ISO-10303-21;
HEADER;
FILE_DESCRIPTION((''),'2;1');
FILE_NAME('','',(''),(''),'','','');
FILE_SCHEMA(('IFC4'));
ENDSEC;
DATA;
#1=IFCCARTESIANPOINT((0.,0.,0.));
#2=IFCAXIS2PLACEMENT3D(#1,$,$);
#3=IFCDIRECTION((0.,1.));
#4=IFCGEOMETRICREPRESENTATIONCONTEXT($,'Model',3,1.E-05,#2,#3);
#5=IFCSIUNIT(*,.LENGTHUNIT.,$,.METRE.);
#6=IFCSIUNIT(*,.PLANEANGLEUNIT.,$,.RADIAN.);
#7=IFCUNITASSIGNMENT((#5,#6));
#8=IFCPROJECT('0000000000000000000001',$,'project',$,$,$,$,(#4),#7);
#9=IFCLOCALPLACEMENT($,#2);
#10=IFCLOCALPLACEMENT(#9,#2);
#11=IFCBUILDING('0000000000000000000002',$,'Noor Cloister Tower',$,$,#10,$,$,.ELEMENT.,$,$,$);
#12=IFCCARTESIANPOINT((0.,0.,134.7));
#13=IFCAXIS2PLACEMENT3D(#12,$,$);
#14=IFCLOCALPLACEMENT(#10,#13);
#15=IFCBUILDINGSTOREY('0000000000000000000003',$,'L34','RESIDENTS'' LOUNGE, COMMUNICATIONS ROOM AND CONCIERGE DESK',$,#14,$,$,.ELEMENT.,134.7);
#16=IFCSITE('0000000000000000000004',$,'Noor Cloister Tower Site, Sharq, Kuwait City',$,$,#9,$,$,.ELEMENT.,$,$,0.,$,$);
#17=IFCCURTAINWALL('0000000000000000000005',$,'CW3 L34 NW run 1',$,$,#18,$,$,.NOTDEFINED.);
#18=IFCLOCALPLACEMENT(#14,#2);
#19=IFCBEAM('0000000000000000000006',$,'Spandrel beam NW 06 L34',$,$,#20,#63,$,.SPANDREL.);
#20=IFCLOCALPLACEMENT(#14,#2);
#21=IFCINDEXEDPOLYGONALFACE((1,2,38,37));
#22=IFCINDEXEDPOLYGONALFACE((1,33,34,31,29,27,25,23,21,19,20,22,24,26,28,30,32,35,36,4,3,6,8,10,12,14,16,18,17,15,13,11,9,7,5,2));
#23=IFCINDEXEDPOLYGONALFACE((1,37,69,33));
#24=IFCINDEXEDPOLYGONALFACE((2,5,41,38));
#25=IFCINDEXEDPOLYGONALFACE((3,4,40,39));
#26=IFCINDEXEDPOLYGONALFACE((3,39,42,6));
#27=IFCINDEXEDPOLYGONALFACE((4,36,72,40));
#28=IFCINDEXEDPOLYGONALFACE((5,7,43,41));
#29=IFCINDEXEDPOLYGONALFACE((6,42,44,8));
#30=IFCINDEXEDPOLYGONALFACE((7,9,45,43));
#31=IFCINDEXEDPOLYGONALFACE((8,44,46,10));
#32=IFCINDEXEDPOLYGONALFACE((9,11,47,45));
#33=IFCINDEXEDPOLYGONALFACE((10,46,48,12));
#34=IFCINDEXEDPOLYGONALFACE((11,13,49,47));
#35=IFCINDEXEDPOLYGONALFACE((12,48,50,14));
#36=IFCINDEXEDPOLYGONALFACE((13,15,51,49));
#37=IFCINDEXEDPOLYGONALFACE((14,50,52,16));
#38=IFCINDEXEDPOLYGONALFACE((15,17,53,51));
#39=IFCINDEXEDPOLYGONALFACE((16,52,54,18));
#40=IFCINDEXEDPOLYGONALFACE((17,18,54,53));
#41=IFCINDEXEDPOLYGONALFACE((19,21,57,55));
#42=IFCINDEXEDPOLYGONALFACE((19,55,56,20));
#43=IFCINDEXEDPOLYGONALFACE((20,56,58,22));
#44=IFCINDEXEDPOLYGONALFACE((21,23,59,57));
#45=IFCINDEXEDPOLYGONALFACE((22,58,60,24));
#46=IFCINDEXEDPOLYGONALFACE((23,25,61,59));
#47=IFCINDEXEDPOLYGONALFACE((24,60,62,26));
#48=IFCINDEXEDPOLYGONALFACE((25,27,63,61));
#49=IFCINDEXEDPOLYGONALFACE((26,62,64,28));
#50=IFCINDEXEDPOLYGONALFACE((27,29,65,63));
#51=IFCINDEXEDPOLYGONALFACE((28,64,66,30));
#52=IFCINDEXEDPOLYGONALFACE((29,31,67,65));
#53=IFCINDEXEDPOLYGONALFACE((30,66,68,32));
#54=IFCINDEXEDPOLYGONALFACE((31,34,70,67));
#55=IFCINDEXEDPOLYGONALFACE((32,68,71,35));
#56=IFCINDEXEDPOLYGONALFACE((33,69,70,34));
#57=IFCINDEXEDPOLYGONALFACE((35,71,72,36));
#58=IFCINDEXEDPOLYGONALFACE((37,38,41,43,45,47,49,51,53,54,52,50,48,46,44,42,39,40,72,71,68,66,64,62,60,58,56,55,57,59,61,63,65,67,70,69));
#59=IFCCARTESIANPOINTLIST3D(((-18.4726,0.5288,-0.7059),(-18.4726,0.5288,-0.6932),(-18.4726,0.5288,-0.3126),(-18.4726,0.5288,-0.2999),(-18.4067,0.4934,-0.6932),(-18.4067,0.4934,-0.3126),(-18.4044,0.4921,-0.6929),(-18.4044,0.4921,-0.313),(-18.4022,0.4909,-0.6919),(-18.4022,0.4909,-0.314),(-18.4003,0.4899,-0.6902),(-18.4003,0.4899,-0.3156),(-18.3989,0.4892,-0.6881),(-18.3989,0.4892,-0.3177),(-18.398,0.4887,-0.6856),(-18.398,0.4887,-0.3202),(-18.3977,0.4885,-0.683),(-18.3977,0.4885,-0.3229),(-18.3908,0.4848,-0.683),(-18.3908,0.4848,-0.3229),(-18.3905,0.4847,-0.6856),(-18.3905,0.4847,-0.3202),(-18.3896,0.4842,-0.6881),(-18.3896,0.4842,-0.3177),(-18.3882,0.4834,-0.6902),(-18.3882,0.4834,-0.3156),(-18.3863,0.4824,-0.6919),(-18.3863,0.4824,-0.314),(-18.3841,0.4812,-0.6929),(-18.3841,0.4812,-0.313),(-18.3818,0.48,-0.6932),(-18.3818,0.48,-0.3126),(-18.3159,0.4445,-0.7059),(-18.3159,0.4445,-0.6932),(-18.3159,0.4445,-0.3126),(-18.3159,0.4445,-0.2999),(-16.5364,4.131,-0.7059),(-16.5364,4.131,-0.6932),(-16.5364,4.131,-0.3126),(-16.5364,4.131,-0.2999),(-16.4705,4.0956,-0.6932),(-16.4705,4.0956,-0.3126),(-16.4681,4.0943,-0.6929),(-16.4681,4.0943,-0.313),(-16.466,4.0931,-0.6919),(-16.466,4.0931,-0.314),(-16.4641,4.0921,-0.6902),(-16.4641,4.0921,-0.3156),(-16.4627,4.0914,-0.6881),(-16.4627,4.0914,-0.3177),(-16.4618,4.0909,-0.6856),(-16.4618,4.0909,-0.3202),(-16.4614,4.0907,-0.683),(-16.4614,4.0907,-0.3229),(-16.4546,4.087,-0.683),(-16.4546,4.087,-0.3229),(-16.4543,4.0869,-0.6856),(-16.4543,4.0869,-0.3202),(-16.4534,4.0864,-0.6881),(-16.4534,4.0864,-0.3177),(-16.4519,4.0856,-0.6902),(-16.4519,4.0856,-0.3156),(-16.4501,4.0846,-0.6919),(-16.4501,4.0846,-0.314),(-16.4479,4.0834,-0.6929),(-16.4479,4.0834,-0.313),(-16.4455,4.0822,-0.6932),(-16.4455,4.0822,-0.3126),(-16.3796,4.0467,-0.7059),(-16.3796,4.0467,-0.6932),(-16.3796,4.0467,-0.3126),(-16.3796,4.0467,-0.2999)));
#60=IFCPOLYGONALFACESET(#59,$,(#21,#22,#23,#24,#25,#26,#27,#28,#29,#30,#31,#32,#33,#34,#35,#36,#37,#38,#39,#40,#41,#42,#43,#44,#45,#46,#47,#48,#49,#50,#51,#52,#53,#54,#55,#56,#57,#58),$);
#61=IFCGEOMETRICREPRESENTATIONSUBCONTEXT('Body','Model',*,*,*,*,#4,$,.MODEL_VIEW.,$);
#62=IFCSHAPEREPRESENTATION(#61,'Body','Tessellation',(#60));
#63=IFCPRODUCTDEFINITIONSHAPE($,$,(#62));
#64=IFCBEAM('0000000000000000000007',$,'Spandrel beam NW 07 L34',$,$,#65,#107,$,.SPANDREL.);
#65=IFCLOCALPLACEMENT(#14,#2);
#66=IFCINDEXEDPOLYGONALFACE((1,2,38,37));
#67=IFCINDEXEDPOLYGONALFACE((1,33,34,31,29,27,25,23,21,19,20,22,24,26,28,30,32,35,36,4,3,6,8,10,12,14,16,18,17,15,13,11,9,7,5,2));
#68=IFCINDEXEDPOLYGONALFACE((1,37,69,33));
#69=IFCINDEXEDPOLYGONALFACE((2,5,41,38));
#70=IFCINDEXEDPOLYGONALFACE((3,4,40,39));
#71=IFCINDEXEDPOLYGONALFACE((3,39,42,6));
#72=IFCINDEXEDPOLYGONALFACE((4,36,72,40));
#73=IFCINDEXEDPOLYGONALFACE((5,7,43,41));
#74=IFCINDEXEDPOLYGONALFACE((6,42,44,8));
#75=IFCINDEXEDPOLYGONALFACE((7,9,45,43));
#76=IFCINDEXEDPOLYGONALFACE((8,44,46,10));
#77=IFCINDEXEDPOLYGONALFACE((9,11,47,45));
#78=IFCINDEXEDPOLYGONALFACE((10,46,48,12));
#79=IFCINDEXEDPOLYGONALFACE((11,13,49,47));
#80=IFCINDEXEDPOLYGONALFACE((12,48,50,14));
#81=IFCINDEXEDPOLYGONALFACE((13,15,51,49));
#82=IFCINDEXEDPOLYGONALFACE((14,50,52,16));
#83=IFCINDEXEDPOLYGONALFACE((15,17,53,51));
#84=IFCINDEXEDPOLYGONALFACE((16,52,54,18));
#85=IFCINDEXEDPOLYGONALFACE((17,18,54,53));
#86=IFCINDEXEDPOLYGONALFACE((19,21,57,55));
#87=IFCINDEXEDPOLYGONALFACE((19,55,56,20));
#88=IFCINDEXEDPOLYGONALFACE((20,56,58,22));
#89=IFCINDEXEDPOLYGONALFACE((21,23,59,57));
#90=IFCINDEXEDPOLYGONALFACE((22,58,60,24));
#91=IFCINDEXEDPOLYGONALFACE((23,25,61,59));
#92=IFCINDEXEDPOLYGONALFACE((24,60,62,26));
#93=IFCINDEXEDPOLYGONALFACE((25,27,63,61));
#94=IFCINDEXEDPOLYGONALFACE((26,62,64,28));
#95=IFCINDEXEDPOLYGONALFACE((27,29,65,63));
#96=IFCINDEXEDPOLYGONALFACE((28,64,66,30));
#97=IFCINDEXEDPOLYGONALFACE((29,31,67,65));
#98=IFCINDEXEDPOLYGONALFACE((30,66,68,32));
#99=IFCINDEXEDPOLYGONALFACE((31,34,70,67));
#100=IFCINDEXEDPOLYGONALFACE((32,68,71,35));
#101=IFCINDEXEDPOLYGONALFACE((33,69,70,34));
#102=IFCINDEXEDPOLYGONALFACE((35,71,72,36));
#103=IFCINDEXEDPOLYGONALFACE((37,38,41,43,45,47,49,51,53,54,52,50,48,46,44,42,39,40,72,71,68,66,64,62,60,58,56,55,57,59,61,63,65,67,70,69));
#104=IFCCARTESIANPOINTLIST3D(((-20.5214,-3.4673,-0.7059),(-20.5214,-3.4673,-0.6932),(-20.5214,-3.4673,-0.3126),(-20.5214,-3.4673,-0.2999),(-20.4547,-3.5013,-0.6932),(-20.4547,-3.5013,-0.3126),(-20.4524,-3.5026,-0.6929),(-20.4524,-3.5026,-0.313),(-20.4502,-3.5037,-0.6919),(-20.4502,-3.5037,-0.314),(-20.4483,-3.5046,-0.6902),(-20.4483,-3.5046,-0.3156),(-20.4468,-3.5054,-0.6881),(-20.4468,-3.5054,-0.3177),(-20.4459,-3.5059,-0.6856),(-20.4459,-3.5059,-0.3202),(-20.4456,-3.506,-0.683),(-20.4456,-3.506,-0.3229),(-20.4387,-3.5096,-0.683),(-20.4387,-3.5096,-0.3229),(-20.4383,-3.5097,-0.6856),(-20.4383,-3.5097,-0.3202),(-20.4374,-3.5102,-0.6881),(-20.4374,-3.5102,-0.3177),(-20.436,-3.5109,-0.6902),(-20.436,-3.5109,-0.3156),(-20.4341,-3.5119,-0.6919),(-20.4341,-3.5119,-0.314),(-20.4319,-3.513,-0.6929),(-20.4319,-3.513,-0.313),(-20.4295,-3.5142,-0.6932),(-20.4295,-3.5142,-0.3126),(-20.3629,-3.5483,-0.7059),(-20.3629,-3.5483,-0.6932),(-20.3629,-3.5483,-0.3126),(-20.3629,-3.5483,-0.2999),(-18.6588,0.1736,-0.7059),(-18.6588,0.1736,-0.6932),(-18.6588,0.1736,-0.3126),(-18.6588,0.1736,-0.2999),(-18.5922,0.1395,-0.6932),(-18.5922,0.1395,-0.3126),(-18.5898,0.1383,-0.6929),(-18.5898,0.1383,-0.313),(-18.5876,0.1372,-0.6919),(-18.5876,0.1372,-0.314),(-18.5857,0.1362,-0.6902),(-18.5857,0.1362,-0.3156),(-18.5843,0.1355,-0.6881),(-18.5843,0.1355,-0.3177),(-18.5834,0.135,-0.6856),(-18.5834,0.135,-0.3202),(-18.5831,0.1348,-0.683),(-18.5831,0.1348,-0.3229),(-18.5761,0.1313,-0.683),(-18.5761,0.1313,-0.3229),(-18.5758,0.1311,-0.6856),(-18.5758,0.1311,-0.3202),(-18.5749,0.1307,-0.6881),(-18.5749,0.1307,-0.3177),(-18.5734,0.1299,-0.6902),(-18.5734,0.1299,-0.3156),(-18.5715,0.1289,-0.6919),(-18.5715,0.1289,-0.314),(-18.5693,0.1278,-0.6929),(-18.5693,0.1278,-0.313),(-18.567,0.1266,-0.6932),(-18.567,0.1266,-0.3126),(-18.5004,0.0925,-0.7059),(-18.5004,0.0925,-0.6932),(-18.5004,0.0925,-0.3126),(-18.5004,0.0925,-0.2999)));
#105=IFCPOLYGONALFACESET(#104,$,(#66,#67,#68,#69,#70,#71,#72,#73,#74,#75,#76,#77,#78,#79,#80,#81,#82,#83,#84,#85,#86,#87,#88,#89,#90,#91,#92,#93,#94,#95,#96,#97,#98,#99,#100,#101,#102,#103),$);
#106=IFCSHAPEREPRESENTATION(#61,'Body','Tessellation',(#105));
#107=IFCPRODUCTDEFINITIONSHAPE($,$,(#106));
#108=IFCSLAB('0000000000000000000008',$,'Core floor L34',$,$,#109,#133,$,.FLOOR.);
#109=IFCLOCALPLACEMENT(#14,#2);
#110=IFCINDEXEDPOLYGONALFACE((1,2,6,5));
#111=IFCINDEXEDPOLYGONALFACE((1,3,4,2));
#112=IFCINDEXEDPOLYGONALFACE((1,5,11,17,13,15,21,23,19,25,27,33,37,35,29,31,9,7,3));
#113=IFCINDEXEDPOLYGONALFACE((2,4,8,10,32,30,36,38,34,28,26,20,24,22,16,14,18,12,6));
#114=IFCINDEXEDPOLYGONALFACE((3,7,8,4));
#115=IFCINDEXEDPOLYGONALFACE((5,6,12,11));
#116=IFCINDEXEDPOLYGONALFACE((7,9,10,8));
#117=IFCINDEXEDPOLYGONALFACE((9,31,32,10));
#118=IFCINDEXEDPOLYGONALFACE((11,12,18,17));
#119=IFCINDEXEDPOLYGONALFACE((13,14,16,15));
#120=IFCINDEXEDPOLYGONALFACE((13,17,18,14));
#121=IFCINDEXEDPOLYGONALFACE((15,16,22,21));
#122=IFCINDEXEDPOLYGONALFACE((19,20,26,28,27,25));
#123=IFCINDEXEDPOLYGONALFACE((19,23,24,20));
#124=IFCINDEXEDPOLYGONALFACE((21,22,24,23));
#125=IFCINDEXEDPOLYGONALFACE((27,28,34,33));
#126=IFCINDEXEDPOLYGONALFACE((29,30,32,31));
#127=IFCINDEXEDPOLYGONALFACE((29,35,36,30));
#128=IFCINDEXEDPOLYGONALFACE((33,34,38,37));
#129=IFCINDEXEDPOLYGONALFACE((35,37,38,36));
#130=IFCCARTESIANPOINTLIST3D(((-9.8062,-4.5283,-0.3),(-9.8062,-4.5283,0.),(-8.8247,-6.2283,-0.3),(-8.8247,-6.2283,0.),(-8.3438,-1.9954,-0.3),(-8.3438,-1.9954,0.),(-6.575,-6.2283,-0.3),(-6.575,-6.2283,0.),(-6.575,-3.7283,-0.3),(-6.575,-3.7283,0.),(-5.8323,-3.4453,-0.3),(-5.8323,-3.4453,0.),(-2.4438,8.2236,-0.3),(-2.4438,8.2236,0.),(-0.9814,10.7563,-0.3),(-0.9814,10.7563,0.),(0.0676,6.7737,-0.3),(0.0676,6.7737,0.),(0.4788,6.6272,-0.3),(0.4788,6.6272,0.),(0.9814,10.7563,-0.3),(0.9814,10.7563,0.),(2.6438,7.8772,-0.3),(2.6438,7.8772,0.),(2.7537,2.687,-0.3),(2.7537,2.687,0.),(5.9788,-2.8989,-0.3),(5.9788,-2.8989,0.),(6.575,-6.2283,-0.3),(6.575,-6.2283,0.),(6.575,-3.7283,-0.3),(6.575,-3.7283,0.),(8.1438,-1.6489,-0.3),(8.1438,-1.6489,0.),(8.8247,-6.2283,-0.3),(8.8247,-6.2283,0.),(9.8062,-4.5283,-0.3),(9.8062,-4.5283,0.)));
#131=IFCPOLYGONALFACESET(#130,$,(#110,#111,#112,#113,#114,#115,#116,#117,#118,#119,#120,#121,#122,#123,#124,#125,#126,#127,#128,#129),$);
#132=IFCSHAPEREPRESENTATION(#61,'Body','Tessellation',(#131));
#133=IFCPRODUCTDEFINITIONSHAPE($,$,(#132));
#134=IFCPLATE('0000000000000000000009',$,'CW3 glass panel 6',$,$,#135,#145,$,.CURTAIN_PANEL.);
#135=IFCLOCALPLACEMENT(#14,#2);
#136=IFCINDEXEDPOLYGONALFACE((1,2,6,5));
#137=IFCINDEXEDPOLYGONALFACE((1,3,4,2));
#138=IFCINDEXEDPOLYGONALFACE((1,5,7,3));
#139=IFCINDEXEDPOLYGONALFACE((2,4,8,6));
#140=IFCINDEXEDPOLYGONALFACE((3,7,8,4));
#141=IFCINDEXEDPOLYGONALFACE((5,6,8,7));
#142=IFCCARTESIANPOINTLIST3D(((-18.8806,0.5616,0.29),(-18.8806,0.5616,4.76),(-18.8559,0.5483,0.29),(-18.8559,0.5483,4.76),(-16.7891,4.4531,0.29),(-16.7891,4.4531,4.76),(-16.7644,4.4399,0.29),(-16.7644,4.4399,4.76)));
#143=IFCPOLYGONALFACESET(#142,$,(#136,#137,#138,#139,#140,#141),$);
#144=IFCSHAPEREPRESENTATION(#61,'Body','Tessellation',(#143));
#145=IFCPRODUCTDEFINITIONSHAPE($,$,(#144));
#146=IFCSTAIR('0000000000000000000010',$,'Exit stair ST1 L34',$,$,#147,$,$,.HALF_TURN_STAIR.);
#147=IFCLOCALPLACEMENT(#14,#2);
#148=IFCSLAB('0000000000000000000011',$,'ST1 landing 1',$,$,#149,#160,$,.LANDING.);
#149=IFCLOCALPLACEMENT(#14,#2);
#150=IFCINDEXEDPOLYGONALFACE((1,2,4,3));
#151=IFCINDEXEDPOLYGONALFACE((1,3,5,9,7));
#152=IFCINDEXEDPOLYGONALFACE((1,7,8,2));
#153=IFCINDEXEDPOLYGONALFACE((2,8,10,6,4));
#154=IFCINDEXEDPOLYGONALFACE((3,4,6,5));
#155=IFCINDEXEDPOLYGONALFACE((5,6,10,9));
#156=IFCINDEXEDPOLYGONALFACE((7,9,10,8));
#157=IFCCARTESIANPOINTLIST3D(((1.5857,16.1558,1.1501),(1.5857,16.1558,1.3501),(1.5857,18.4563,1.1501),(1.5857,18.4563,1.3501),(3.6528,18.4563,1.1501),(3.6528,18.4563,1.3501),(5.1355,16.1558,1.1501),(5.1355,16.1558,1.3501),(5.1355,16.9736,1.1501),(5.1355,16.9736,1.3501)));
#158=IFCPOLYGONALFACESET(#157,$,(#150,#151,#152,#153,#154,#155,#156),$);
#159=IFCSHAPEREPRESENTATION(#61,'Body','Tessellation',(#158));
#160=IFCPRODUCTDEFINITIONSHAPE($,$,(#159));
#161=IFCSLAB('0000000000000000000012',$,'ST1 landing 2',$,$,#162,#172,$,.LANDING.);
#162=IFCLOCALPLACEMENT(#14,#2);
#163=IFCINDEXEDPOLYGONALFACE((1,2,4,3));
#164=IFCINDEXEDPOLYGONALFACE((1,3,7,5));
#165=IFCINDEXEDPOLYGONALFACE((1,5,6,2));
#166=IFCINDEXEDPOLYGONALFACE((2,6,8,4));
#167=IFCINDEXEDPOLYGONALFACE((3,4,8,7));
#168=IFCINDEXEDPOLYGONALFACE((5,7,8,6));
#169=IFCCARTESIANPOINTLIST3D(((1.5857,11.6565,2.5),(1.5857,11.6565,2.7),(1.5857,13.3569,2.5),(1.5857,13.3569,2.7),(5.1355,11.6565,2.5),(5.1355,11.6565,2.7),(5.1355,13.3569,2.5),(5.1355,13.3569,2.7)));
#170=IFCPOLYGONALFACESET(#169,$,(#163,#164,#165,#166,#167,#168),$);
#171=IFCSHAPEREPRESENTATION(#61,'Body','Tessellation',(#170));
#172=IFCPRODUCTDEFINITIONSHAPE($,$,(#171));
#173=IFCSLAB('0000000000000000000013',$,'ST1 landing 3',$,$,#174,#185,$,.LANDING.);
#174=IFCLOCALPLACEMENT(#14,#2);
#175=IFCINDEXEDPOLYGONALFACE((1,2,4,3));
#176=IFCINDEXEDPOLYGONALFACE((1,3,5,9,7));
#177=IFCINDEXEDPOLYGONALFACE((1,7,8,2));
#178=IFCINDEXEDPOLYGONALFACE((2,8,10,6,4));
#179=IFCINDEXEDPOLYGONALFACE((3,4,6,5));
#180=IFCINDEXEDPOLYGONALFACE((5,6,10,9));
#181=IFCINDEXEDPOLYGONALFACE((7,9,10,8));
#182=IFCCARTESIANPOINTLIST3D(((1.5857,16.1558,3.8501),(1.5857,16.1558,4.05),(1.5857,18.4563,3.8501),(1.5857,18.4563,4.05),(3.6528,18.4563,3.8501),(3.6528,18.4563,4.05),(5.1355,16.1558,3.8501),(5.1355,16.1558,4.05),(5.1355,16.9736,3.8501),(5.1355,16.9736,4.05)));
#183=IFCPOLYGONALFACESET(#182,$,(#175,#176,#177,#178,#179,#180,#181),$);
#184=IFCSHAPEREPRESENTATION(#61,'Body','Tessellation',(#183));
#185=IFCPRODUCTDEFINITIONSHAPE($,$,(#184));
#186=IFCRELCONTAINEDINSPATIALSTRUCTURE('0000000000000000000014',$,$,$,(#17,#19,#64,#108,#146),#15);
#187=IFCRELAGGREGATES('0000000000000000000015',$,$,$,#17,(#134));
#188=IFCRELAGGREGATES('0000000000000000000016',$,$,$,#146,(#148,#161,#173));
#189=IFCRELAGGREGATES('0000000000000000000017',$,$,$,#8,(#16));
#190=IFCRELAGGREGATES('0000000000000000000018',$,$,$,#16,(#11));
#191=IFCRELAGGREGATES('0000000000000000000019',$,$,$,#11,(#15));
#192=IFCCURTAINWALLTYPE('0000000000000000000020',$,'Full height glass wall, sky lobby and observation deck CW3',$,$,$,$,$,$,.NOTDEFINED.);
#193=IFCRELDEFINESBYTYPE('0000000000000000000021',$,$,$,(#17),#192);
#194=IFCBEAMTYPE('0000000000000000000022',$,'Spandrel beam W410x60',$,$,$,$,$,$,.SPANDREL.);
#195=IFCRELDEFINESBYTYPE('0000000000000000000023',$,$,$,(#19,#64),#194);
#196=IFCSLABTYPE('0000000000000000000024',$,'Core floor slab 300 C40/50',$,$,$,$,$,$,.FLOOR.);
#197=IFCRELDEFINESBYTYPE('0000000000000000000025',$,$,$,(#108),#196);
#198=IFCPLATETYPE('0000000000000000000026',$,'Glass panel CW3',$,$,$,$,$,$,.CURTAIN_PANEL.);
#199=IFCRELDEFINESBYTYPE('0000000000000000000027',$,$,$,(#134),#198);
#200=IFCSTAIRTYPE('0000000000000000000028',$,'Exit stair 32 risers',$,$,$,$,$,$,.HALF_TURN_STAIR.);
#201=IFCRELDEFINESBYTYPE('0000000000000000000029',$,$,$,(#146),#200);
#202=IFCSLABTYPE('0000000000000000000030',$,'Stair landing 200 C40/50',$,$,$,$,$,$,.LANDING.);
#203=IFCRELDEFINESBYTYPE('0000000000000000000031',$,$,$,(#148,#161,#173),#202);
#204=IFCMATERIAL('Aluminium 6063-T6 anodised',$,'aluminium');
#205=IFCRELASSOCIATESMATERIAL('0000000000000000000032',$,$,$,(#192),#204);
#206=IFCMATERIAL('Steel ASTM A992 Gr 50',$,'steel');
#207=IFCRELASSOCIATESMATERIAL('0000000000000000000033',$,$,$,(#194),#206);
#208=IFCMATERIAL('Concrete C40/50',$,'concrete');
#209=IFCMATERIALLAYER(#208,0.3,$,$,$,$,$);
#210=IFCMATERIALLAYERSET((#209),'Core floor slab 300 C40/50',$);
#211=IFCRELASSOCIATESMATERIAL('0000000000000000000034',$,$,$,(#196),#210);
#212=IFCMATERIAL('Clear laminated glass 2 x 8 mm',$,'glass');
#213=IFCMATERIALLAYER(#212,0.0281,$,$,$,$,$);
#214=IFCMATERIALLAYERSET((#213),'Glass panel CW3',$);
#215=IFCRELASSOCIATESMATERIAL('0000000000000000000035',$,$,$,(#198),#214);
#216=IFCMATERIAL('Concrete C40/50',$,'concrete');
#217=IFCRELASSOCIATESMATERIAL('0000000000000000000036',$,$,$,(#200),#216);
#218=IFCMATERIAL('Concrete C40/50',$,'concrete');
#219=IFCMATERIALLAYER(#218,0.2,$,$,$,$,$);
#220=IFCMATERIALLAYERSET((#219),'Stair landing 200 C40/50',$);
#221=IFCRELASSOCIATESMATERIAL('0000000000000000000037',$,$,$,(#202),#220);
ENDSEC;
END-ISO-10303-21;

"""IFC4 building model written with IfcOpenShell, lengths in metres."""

from ifc_helpers import new_model, si_unit, direction, frame, origin, origin_2d, place, context, subcontext, project, spatial, polyline, rectangle, i_section, outline, extrude, material, layer, layer_set, material_profile, profile_set, type_object, element, aggregate, save


model = new_model("IFC4")

# Units and contexts
model_context = context("Model", 3, precision=1e-05, world=origin(), true_north=direction((0.0, 1.0)))
body_context = subcontext(model_context, "Body", "Model", "MODEL_VIEW")
ifc_project = project(units=[si_unit("LENGTHUNIT", "METRE"), si_unit("PLANEANGLEUNIT", "RADIAN")], contexts=[model_context])

# Site, building, storey
site_placement = place(None, origin())
site = spatial("IfcSite", under=ifc_project, at=site_placement, Name="Noor Cloister Tower Site, Sharq, Kuwait City", CompositionType="ELEMENT", RefElevation=0.0)
building_placement = place(site_placement, origin())
building = spatial("IfcBuilding", under=site, at=building_placement, Name="Noor Cloister Tower", CompositionType="ELEMENT")
storey_placement = place(building_placement, frame((0.0, 0.0, 134.7)))
storey = spatial("IfcBuildingStorey", under=building, at=storey_placement, Name="L34", Description="RESIDENTS' LOUNGE, COMMUNICATIONS ROOM AND CONCIERGE DESK", CompositionType="ELEMENT", Elevation=134.7)

# Shared definitions
ifc_material_1 = material(Name="Aluminium 6063-T6 anodised", Category="aluminium")
curtain_wall_type = type_object("IfcCurtainWallType", Name="Full height glass wall, sky lobby and observation deck CW3", PredefinedType="NOTDEFINED", material=ifc_material_1)

# Curtain wall
curtain_wall_1_placement = place(storey_placement, origin())
curtain_wall_1 = element("IfcCurtainWall", 1, at=curtain_wall_1_placement, inside=storey, type_object=curtain_wall_type, Name="CW3 L34 NW run 1", PredefinedType="NOTDEFINED")

# Beams
ifc_material_2 = material(Name="Steel ASTM A992 Gr 50", Category="steel")
ifc_material_profile_1 = material_profile(ifc_material_2, i_section(OverallWidth=0.178, OverallDepth=0.406, WebThickness=0.0078, FlangeThickness=0.0127, FilletRadius=0.0103, at=origin_2d()), Name="W410x60")
ifc_profile_set_1 = profile_set([ifc_material_profile_1], Name="Steel ASTM A992 Gr 50")
beam_type_1 = type_object("IfcBeamType", Name="Spandrel beam W410x60", PredefinedType="SPANDREL", material=ifc_profile_set_1)
for number, where, z_axis, x_axis, name in (
    (2, (-16.458, 4.0889, -0.5029), (-0.473452, -0.88082, 0.0), (0.88082, -0.473452, 0.0), "Spandrel beam NW 06 L34"),
    (3, (-18.5796, 0.1331, -0.5029), (-0.455433, -0.89027, 0.0), (0.89027, -0.455433, 0.0), "Spandrel beam NW 07 L34"),
):
    element("IfcBeam", number, at=place(storey_placement, frame(where, z_axis=z_axis, x_axis=x_axis)), inside=storey, type_object=beam_type_1, Name=name, PredefinedType="SPANDREL", context=body_context, shape_type="SweptSolid", body=[
        extrude(i_section(OverallWidth=0.178, OverallDepth=0.406, WebThickness=0.0078, FlangeThickness=0.0127, FilletRadius=0.0103, at=origin_2d()), origin(), (0.0, 0.0, 1.0), 4.0896),
    ])

# Slab
ifc_material_3 = material(Name="Concrete C40/50", Category="concrete")
ifc_layer_1 = layer(ifc_material_3, 0.3)
ifc_layer_set_1 = layer_set([ifc_layer_1], Name="Core floor slab 300 C40/50")
slab_type_1 = type_object("IfcSlabType", Name="Core floor slab 300 C40/50", PredefinedType="FLOOR", material=ifc_layer_set_1)
slab_1_placement = place(storey_placement, frame((0.0, 0.0, -0.3)))
element("IfcSlab", 4, at=slab_1_placement, inside=storey, type_object=slab_type_1, Name="Core floor L34", PredefinedType="FLOOR", context=body_context, shape_type="SweptSolid", body=[
    extrude(outline(polyline([(-6.575, -6.2283), (-6.575, -3.7283), (6.575, -3.7283), (6.575, -6.2283), (8.8247, -6.2283), (9.8062, -4.5283), (8.1438, -1.6489), (5.9788, -2.8989), (2.7537, 2.687), (0.4788, 6.6272), (2.6438, 7.8772), (0.9814, 10.7563), (-0.9814, 10.7563), (-2.4438, 8.2236), (0.0676, 6.7737), (-5.8323, -3.4453), (-8.3438, -1.9954), (-9.8062, -4.5283), (-8.8247, -6.2283), (-6.575, -6.2283)])), origin(), (0.0, 0.0, 1.0), 0.3),
])

# Plate
ifc_material_4 = material(Name="Clear laminated glass 2 x 8 mm", Category="glass")
ifc_layer_2 = layer(ifc_material_4, 0.0281)
ifc_layer_set_2 = layer_set([ifc_layer_2], Name="Glass panel CW3")
plate_type = type_object("IfcPlateType", Name="Glass panel CW3", PredefinedType="CURTAIN_PANEL", material=ifc_layer_set_2)
plate_placement = place(storey_placement, frame((-17.8225, 2.5007, 0.29), z_axis=(0.0, 0.0, 1.0), x_axis=(-0.473409, -0.880843, 0.0)))
plate = element("IfcPlate", 5, at=plate_placement, type_object=plate_type, Name="CW3 glass panel 6", PredefinedType="CURTAIN_PANEL", context=body_context, shape_type="SweptSolid", body=[
    extrude(rectangle(XDim=4.418, YDim=0.0281, at=origin_2d()), origin(), (0.0, 0.0, 1.0), 4.47),
])
aggregate(curtain_wall_1, [plate])

# Stair, slabs
ifc_material_5 = material(Name="Concrete C40/50", Category="concrete")
stair_type = type_object("IfcStairType", Name="Exit stair 32 risers", PredefinedType="HALF_TURN_STAIR", material=ifc_material_5)
stair_placement = place(storey_placement, origin())
stair = element("IfcStair", 6, at=stair_placement, inside=storey, type_object=stair_type, Name="Exit stair ST1 L34", PredefinedType="HALF_TURN_STAIR")
ifc_material_6 = material(Name="Concrete C40/50", Category="concrete")
ifc_layer_3 = layer(ifc_material_6, 0.2)
ifc_layer_set_3 = layer_set([ifc_layer_3], Name="Stair landing 200 C40/50")
slab_type_2 = type_object("IfcSlabType", Name="Stair landing 200 C40/50", PredefinedType="LANDING", material=ifc_layer_set_3)
slab_2_placement = place(storey_placement, frame((0.0, 0.0, 1.1501)))
slab_2 = element("IfcSlab", 7, at=slab_2_placement, type_object=slab_type_2, Name="ST1 landing 1", PredefinedType="LANDING", context=body_context, shape_type="SweptSolid", body=[
    extrude(outline(polyline([(5.1355, 16.1558), (5.1355, 16.9736), (3.6528, 18.4563), (1.5857, 18.4563), (1.5857, 16.1558), (5.1355, 16.1558)])), origin(), (0.0, 0.0, 1.0), 0.2),
])
slab_3_placement = place(storey_placement, frame((0.0, 0.0, 2.5)))
slab_3 = element("IfcSlab", 8, at=slab_3_placement, type_object=slab_type_2, Name="ST1 landing 2", PredefinedType="LANDING", context=body_context, shape_type="SweptSolid", body=[
    extrude(outline(polyline([(1.5857, 13.3569), (1.5857, 11.6565), (5.1355, 11.6565), (5.1355, 13.3569), (1.5857, 13.3569)])), origin(), (0.0, 0.0, 1.0), 0.2),
])
slab_4_placement = place(storey_placement, frame((0.0, 0.0, 3.8501)))
slab_4 = element("IfcSlab", 9, at=slab_4_placement, type_object=slab_type_2, Name="ST1 landing 3", PredefinedType="LANDING", context=body_context, shape_type="SweptSolid", body=[
    extrude(outline(polyline([(5.1355, 16.1558), (5.1355, 16.9736), (3.6528, 18.4563), (1.5857, 18.4563), (1.5857, 16.1558), (5.1355, 16.1558)])), origin(), (0.0, 0.0, 1.0), 0.2),
])
aggregate(stair, [slab_2, slab_3, slab_4])

save(model, "model.ifc")
